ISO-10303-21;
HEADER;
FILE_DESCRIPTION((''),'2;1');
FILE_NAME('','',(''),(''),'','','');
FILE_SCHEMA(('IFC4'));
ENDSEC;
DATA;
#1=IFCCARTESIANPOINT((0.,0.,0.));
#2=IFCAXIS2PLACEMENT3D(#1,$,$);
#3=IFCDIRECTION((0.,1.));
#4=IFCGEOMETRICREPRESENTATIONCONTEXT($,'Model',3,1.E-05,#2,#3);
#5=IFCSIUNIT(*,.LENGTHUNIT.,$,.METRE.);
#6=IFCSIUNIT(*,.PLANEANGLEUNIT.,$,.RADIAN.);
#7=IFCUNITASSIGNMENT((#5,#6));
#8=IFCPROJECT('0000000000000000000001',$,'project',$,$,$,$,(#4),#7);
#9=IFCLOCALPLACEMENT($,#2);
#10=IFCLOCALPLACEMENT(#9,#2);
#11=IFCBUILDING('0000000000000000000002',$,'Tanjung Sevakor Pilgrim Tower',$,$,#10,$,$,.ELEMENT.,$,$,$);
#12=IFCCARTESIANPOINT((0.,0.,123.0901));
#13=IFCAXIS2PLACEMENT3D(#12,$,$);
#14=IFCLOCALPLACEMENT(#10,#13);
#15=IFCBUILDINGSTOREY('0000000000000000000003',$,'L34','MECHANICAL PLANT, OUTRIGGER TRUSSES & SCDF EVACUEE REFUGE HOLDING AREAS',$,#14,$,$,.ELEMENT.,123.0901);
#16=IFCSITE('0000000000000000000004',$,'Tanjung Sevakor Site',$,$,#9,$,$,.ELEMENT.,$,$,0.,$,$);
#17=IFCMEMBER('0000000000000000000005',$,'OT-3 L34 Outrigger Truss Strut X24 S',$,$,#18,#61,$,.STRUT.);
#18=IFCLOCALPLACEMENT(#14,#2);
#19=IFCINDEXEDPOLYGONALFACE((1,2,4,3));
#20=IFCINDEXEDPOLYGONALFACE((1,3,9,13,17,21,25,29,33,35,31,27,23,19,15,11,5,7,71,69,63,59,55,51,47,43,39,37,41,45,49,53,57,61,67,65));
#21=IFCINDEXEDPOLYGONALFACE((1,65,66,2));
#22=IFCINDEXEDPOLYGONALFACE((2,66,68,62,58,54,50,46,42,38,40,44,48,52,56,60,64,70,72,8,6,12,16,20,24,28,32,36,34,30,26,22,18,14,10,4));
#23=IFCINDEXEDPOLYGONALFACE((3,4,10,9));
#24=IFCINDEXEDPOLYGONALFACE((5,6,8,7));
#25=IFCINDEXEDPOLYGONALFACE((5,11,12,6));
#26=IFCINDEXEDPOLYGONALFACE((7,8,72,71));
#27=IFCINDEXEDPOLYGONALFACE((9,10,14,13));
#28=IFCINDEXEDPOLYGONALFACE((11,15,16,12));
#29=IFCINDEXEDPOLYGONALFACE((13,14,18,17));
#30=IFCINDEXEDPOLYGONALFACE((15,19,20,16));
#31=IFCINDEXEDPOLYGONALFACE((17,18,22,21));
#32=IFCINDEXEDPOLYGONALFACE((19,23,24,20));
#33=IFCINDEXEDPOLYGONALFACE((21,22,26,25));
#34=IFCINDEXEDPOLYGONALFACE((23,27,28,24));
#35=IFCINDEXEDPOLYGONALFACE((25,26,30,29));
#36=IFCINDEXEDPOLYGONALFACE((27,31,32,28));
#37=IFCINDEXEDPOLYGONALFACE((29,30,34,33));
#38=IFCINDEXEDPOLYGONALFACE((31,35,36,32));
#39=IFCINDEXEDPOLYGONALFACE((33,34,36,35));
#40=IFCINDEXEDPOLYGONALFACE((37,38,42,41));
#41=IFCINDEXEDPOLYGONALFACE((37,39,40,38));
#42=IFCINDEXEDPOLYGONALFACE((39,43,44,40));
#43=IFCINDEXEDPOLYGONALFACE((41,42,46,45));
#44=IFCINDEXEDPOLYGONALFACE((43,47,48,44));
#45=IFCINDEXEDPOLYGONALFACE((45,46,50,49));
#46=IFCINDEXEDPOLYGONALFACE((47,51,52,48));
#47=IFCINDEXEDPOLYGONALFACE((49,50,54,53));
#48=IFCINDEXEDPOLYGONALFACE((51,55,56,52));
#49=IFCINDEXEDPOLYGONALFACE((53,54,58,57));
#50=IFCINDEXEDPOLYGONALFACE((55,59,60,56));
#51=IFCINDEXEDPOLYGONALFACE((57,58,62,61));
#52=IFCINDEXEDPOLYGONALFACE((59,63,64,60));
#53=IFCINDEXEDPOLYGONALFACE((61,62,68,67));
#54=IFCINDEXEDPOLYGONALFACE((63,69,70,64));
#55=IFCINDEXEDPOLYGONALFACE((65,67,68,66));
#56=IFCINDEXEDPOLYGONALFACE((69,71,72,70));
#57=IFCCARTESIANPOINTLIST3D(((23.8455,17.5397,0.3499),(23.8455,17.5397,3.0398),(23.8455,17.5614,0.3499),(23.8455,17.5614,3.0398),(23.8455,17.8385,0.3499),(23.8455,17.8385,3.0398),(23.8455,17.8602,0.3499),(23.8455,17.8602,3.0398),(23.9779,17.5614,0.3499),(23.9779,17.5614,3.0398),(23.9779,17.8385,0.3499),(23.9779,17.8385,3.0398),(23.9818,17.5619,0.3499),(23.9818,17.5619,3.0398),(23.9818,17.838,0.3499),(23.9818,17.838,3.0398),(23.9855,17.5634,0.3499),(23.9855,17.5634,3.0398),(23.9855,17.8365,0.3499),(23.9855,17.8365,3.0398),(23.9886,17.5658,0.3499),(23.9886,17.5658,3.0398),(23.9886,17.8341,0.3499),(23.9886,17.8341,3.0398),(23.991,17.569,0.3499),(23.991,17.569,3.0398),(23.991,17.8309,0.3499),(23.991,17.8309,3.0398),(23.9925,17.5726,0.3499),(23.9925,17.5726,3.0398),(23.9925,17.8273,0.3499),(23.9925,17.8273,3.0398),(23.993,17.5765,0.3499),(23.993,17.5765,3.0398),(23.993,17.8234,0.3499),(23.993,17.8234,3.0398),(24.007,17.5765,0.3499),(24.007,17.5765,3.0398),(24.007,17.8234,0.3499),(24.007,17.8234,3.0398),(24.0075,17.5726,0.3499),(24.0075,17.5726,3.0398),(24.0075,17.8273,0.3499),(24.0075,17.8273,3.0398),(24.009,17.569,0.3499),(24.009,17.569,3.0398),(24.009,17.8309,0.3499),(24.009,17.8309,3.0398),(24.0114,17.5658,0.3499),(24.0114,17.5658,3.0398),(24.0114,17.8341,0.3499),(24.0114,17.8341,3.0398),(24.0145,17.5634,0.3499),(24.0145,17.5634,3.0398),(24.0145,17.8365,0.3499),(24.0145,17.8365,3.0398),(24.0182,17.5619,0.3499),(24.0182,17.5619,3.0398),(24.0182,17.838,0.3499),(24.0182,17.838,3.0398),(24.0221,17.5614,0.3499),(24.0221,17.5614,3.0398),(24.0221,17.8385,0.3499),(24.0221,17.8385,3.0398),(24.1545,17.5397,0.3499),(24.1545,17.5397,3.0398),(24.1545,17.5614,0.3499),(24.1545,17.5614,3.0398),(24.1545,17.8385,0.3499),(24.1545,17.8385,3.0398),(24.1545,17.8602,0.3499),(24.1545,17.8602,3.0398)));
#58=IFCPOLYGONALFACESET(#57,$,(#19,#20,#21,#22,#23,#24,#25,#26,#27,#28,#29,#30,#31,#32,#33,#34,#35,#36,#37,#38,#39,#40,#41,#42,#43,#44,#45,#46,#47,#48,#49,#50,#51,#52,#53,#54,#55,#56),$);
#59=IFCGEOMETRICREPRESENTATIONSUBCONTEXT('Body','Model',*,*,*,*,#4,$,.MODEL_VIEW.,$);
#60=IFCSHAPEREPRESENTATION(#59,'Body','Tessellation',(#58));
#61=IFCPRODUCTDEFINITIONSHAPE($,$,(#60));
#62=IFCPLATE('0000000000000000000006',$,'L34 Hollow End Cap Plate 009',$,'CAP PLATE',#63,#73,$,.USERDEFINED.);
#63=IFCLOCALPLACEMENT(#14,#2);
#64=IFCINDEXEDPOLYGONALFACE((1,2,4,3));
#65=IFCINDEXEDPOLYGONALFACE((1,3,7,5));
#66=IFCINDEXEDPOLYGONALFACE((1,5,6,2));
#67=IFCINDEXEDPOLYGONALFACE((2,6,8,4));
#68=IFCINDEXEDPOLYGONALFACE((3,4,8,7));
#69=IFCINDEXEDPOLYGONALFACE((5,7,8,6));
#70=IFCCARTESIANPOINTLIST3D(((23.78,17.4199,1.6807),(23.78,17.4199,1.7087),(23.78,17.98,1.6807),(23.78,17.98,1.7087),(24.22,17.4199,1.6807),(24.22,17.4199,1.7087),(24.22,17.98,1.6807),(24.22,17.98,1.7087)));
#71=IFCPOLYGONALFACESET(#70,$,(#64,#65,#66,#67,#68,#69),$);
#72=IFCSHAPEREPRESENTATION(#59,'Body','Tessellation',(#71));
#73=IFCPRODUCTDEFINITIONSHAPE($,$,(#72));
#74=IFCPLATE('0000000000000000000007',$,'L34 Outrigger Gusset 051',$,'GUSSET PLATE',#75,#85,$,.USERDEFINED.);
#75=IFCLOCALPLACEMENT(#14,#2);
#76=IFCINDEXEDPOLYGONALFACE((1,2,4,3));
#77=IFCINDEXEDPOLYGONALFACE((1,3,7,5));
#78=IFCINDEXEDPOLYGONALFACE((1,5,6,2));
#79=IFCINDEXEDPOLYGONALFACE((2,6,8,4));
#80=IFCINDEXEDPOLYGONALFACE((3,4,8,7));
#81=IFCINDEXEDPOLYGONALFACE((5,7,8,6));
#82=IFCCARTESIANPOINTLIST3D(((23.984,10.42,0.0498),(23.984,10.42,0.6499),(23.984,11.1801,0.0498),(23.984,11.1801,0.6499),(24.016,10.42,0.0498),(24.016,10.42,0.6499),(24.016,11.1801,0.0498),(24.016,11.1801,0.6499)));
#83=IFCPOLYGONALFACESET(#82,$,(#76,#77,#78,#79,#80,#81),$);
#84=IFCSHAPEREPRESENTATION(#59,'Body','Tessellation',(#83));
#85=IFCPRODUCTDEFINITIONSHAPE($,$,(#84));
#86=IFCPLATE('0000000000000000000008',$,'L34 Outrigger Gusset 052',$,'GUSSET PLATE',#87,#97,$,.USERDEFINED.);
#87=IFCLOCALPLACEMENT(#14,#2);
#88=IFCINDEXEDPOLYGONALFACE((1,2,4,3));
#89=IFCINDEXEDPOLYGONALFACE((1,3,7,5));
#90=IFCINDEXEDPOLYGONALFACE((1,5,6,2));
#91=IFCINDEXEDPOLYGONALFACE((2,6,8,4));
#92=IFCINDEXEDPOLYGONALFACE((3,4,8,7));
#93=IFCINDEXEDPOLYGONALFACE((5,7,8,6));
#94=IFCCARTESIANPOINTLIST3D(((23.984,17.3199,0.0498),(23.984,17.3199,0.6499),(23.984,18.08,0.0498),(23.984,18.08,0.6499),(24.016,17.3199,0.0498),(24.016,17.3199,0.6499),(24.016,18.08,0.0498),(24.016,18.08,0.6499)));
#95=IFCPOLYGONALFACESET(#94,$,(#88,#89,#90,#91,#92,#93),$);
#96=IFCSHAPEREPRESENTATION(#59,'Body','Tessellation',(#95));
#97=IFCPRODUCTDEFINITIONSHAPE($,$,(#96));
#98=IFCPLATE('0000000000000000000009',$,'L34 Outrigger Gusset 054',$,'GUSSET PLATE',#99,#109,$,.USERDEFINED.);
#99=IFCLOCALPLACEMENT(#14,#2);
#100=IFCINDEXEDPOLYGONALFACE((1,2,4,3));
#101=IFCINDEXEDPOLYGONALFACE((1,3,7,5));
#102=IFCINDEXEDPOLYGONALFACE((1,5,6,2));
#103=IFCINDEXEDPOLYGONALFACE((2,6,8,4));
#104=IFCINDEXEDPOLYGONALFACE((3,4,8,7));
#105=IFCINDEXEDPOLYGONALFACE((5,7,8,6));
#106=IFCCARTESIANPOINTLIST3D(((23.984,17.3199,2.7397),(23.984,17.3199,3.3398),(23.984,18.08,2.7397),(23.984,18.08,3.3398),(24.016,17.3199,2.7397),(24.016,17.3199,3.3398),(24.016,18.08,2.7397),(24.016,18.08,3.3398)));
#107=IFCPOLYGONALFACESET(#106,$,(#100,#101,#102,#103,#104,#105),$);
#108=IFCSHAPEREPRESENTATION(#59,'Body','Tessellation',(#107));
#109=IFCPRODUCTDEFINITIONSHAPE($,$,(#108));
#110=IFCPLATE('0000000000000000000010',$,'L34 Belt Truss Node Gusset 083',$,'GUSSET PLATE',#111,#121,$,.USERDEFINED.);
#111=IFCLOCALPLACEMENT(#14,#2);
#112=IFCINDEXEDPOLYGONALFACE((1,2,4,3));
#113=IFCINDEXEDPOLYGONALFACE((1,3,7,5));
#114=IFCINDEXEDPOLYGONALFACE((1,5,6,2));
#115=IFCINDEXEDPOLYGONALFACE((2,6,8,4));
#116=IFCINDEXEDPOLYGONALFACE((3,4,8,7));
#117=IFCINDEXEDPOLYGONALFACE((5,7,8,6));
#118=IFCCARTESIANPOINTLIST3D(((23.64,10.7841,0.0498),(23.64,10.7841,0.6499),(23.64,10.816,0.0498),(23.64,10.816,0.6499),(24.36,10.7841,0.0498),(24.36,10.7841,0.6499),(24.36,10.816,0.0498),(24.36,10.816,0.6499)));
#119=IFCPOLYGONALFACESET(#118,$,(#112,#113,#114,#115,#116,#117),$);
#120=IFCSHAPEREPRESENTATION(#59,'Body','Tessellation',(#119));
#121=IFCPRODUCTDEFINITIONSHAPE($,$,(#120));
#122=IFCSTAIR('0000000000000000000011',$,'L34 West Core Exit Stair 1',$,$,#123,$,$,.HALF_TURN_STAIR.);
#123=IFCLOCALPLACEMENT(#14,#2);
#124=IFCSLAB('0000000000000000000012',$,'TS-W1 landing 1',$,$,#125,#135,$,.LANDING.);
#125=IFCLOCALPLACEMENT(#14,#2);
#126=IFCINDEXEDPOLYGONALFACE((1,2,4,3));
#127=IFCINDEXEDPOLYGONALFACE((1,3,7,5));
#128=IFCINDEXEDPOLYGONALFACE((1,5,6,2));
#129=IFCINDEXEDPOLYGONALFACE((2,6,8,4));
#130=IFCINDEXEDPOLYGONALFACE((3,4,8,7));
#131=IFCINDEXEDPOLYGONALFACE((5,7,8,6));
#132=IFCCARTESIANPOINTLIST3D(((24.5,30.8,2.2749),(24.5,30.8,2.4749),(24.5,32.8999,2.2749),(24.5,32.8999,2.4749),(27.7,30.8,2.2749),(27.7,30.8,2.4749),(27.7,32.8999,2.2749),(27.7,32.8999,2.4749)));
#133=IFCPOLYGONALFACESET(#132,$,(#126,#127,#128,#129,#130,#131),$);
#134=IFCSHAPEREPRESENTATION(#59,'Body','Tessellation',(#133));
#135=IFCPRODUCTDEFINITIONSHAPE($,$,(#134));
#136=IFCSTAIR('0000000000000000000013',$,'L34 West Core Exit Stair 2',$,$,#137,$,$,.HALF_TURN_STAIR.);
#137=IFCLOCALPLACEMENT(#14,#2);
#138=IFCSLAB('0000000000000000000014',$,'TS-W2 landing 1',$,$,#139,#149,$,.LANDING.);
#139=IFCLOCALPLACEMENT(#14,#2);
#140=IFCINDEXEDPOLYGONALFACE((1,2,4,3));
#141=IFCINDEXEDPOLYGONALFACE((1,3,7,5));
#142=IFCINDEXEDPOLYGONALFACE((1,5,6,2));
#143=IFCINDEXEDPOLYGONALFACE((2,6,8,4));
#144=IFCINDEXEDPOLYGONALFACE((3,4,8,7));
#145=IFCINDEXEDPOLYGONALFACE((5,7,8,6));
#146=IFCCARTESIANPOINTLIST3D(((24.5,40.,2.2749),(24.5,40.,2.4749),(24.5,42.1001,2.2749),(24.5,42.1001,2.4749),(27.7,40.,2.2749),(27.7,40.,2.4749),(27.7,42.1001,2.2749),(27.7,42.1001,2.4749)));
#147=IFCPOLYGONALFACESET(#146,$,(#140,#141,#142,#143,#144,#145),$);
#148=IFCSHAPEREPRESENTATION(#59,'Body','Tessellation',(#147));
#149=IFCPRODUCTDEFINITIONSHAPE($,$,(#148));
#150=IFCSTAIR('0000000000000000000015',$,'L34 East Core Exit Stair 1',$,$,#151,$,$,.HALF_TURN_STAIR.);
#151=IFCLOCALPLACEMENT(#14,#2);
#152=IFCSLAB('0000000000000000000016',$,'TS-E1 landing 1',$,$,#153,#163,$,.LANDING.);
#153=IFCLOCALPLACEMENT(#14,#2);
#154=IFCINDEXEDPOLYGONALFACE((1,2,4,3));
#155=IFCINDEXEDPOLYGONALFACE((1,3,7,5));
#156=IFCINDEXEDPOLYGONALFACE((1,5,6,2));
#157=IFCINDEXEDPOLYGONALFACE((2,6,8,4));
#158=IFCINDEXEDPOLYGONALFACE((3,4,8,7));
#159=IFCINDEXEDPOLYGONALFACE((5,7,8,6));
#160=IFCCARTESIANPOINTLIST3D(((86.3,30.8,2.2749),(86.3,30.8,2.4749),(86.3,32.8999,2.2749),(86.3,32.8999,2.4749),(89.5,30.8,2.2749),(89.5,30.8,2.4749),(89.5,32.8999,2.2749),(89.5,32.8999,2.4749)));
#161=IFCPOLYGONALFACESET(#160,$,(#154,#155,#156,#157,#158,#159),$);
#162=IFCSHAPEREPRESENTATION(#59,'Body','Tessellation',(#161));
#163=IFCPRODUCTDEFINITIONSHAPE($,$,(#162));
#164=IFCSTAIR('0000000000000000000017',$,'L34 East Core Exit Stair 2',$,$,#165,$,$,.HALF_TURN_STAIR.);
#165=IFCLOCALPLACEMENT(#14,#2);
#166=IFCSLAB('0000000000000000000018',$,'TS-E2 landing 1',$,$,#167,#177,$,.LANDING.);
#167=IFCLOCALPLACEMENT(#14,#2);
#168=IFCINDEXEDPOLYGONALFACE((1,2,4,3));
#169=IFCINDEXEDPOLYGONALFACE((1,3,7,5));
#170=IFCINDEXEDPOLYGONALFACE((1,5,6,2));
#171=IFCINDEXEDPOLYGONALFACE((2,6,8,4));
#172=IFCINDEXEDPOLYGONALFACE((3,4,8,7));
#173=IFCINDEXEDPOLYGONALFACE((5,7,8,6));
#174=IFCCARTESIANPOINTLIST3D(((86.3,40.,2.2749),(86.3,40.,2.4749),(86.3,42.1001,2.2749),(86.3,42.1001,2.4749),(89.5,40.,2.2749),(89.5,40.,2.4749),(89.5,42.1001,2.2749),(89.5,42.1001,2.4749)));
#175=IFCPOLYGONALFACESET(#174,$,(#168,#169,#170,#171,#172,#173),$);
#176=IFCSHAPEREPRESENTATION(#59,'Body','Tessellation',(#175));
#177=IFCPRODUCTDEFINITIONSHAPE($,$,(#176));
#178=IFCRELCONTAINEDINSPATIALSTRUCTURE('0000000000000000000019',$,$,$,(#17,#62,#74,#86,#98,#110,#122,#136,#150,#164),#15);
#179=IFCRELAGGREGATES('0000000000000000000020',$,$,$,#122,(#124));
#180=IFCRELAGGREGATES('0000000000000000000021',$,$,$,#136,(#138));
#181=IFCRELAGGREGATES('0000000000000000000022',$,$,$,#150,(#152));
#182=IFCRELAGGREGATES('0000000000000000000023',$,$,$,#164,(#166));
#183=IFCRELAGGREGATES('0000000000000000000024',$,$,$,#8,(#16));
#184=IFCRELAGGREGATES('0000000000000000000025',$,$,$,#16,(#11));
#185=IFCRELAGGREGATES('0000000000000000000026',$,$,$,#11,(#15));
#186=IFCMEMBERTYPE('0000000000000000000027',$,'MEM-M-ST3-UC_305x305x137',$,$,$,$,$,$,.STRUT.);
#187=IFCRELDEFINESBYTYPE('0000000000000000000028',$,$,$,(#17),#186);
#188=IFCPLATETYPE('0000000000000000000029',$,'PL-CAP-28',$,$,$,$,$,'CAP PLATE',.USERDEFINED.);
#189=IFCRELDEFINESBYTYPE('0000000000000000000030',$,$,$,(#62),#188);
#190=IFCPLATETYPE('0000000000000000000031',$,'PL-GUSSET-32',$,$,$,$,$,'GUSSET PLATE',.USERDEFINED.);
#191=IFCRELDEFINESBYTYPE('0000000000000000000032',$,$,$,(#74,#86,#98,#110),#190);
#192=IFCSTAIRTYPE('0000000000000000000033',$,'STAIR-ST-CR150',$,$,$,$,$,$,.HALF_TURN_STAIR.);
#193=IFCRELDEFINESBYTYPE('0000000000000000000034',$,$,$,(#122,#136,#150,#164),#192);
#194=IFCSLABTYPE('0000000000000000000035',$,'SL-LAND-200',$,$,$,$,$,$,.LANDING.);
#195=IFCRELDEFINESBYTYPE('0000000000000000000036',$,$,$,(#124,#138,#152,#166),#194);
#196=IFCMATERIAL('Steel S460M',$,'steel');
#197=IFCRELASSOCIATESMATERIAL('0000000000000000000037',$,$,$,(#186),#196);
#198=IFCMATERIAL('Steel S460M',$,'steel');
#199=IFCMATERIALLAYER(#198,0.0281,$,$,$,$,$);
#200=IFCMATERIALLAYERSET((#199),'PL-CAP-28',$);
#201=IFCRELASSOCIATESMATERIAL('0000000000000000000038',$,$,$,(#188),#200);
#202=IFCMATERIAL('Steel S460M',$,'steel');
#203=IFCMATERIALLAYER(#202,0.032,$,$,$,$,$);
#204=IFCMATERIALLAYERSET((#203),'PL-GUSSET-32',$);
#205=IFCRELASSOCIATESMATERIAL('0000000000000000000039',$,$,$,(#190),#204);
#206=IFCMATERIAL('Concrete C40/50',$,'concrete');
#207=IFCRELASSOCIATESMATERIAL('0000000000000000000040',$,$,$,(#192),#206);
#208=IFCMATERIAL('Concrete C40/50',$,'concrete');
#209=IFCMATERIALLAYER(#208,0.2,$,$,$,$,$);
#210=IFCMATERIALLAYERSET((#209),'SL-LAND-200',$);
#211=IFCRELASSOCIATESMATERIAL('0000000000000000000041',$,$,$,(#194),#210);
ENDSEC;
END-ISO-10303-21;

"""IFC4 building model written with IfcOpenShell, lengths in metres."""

from ifc_helpers import new_model, si_unit, direction, frame, origin, origin_2d, place, context, subcontext, project, spatial, polyline, rectangle, i_section, outline, extrude, material, layer, layer_set, material_profile, profile_set, type_object, element, aggregate, save


model = new_model("IFC4")

# Units and contexts
model_context = context("Model", 3, precision=1e-05, world=origin(), true_north=direction((0.0, 1.0)))
body_context = subcontext(model_context, "Body", "Model", "MODEL_VIEW")
ifc_project = project(units=[si_unit("LENGTHUNIT", "METRE"), si_unit("PLANEANGLEUNIT", "RADIAN")], contexts=[model_context])

# Site, building, storey
site_placement = place(None, origin())
site = spatial("IfcSite", under=ifc_project, at=site_placement, Name="Tanjung Sevakor Site", CompositionType="ELEMENT", RefElevation=0.0)
building_placement = place(site_placement, origin())
building = spatial("IfcBuilding", under=site, at=building_placement, Name="Tanjung Sevakor Pilgrim Tower", CompositionType="ELEMENT")
storey_placement = place(building_placement, frame((0.0, 0.0, 123.0901)))
storey = spatial("IfcBuildingStorey", under=building, at=storey_placement, Name="L34", Description="MECHANICAL PLANT, OUTRIGGER TRUSSES & SCDF EVACUEE REFUGE HOLDING AREAS", CompositionType="ELEMENT", Elevation=123.0901)

# Member
ifc_material_1 = material(Name="Steel S460M", Category="steel")
ifc_material_profile_1 = material_profile(ifc_material_1, i_section(OverallWidth=0.3091, OverallDepth=0.3206, WebThickness=0.0139, FlangeThickness=0.0217, FilletRadius=0.0151, at=origin_2d()))
ifc_profile_set_1 = profile_set([ifc_material_profile_1], Name="Steel S460M")
member_type_1 = type_object("IfcMemberType", Name="MEM-M-ST3-UC_305x305x137", PredefinedType="STRUT", material=ifc_profile_set_1)
member_1_placement = place(storey_placement, frame((24.0, 17.7, 0.3499), z_axis=(0.0, 0.0, 1.0), x_axis=(1.0, 0.0, 0.0)))
element("IfcMember", 1, at=member_1_placement, inside=storey, type_object=member_type_1, Name="OT-3 L34 Outrigger Truss Strut X24 S", PredefinedType="STRUT", context=body_context, shape_type="SweptSolid", body=[
    extrude(i_section(OverallWidth=0.3091, OverallDepth=0.3206, WebThickness=0.0139, FlangeThickness=0.0217, FilletRadius=0.0151, at=origin_2d()), origin(), (0.0, 0.0, 1.0), 2.6899),
])

# Plates
ifc_material_2 = material(Name="Steel S460M", Category="steel")
ifc_layer_1 = layer(ifc_material_2, 0.0281)
ifc_layer_set_1 = layer_set([ifc_layer_1], Name="PL-CAP-28")
plate_type_1 = type_object("IfcPlateType", Name="PL-CAP-28", ElementType="CAP PLATE", PredefinedType="USERDEFINED", material=ifc_layer_set_1)
plate_1_placement = place(storey_placement, frame((24.0, 17.7, 1.6807), z_axis=(0.0, 0.0, 1.0), x_axis=(1.0, 0.0, 0.0)))
element("IfcPlate", 2, at=plate_1_placement, inside=storey, type_object=plate_type_1, Name="L34 Hollow End Cap Plate 009", ObjectType="CAP PLATE", PredefinedType="USERDEFINED", context=body_context, shape_type="SweptSolid", body=[
    extrude(rectangle(XDim=0.4399, YDim=0.5601, at=origin_2d()), origin(), (0.0, 0.0, 1.0), 0.0281),
])
ifc_material_3 = material(Name="Steel S460M", Category="steel")
ifc_layer_2 = layer(ifc_material_3, 0.032)
ifc_layer_set_2 = layer_set([ifc_layer_2], Name="PL-GUSSET-32")
plate_type_2 = type_object("IfcPlateType", Name="PL-GUSSET-32", ElementType="GUSSET PLATE", PredefinedType="USERDEFINED", material=ifc_layer_set_2)
for number, where, z_axis, x_axis, name in (
    (3, (24.0, 10.8, 0.0498), (0.0, 0.0, 1.0), (1.0, 0.0, 0.0), "L34 Outrigger Gusset 051"),
    (4, (24.0, 17.7, 0.0498), (0.0, 0.0, 1.0), (1.0, 0.0, 0.0), "L34 Outrigger Gusset 052"),
    (5, (24.0, 17.7, 2.7397), (0.0, 0.0, 1.0), (1.0, 0.0, 0.0), "L34 Outrigger Gusset 054"),
):
    element("IfcPlate", number, at=place(storey_placement, frame(where, z_axis=z_axis, x_axis=x_axis)), inside=storey, type_object=plate_type_2, Name=name, ObjectType="GUSSET PLATE", PredefinedType="USERDEFINED", context=body_context, shape_type="SweptSolid", body=[
        extrude(rectangle(XDim=0.032, YDim=0.76, at=origin_2d()), origin(), (0.0, 0.0, 1.0), 0.6001),
    ])
plate_2_placement = place(storey_placement, frame((24.0, 10.8, 0.0498), z_axis=(0.0, 0.0, 1.0), x_axis=(1.0, 0.0, 0.0)))
element("IfcPlate", 6, at=plate_2_placement, inside=storey, type_object=plate_type_2, Name="L34 Belt Truss Node Gusset 083", ObjectType="GUSSET PLATE", PredefinedType="USERDEFINED", context=body_context, shape_type="SweptSolid", body=[
    extrude(rectangle(XDim=0.72, YDim=0.032, at=origin_2d()), origin(), (0.0, 0.0, 1.0), 0.6001),
])

# Stairs, slabs
ifc_material_4 = material(Name="Concrete C40/50", Category="concrete")
stair_type = type_object("IfcStairType", Name="STAIR-ST-CR150", PredefinedType="HALF_TURN_STAIR", material=ifc_material_4)
stair_1_placement = place(storey_placement, origin())
stair_1 = element("IfcStair", 7, at=stair_1_placement, inside=storey, type_object=stair_type, Name="L34 West Core Exit Stair 1", PredefinedType="HALF_TURN_STAIR")
ifc_material_5 = material(Name="Concrete C40/50", Category="concrete")
ifc_layer_3 = layer(ifc_material_5, 0.2)
ifc_layer_set_3 = layer_set([ifc_layer_3], Name="SL-LAND-200")
slab_type_1 = type_object("IfcSlabType", Name="SL-LAND-200", PredefinedType="LANDING", material=ifc_layer_set_3)
slab_1_placement = place(storey_placement, frame((0.0, 0.0, 2.2749)))
slab_1 = element("IfcSlab", 8, at=slab_1_placement, type_object=slab_type_1, Name="TS-W1 landing 1", PredefinedType="LANDING", context=body_context, shape_type="SweptSolid", body=[
    extrude(outline(polyline([(27.7, 30.8), (27.7, 32.8999), (24.5, 32.8999), (24.5, 30.8), (27.7, 30.8)])), origin(), (0.0, 0.0, 1.0), 0.2),
])
aggregate(stair_1, [slab_1])
stair_2_placement = place(storey_placement, origin())
stair_2 = element("IfcStair", 9, at=stair_2_placement, inside=storey, type_object=stair_type, Name="L34 West Core Exit Stair 2", PredefinedType="HALF_TURN_STAIR")
slab_2_placement = place(storey_placement, frame((0.0, 0.0, 2.2749)))
slab_2 = element("IfcSlab", 10, at=slab_2_placement, type_object=slab_type_1, Name="TS-W2 landing 1", PredefinedType="LANDING", context=body_context, shape_type="SweptSolid", body=[
    extrude(outline(polyline([(27.7, 40.0), (27.7, 42.1001), (24.5, 42.1001), (24.5, 40.0), (27.7, 40.0)])), origin(), (0.0, 0.0, 1.0), 0.2),
])
aggregate(stair_2, [slab_2])
stair_3_placement = place(storey_placement, origin())
stair_3 = element("IfcStair", 11, at=stair_3_placement, inside=storey, type_object=stair_type, Name="L34 East Core Exit Stair 1", PredefinedType="HALF_TURN_STAIR")
slab_3_placement = place(storey_placement, frame((0.0, 0.0, 2.2749)))
slab_3 = element("IfcSlab", 12, at=slab_3_placement, type_object=slab_type_1, Name="TS-E1 landing 1", PredefinedType="LANDING", context=body_context, shape_type="SweptSolid", body=[
    extrude(outline(polyline([(89.5, 30.8), (89.5, 32.8999), (86.3, 32.8999), (86.3, 30.8), (89.5, 30.8)])), origin(), (0.0, 0.0, 1.0), 0.2),
])
aggregate(stair_3, [slab_3])
stair_4_placement = place(storey_placement, origin())
stair_4 = element("IfcStair", 13, at=stair_4_placement, inside=storey, type_object=stair_type, Name="L34 East Core Exit Stair 2", PredefinedType="HALF_TURN_STAIR")
slab_4_placement = place(storey_placement, frame((0.0, 0.0, 2.2749)))
slab_4 = element("IfcSlab", 14, at=slab_4_placement, type_object=slab_type_1, Name="TS-E2 landing 1", PredefinedType="LANDING", context=body_context, shape_type="SweptSolid", body=[
    extrude(outline(polyline([(89.5, 40.0), (89.5, 42.1001), (86.3, 42.1001), (86.3, 40.0), (89.5, 40.0)])), origin(), (0.0, 0.0, 1.0), 0.2),
])
aggregate(stair_4, [slab_4])

save(model, "model.ifc")
